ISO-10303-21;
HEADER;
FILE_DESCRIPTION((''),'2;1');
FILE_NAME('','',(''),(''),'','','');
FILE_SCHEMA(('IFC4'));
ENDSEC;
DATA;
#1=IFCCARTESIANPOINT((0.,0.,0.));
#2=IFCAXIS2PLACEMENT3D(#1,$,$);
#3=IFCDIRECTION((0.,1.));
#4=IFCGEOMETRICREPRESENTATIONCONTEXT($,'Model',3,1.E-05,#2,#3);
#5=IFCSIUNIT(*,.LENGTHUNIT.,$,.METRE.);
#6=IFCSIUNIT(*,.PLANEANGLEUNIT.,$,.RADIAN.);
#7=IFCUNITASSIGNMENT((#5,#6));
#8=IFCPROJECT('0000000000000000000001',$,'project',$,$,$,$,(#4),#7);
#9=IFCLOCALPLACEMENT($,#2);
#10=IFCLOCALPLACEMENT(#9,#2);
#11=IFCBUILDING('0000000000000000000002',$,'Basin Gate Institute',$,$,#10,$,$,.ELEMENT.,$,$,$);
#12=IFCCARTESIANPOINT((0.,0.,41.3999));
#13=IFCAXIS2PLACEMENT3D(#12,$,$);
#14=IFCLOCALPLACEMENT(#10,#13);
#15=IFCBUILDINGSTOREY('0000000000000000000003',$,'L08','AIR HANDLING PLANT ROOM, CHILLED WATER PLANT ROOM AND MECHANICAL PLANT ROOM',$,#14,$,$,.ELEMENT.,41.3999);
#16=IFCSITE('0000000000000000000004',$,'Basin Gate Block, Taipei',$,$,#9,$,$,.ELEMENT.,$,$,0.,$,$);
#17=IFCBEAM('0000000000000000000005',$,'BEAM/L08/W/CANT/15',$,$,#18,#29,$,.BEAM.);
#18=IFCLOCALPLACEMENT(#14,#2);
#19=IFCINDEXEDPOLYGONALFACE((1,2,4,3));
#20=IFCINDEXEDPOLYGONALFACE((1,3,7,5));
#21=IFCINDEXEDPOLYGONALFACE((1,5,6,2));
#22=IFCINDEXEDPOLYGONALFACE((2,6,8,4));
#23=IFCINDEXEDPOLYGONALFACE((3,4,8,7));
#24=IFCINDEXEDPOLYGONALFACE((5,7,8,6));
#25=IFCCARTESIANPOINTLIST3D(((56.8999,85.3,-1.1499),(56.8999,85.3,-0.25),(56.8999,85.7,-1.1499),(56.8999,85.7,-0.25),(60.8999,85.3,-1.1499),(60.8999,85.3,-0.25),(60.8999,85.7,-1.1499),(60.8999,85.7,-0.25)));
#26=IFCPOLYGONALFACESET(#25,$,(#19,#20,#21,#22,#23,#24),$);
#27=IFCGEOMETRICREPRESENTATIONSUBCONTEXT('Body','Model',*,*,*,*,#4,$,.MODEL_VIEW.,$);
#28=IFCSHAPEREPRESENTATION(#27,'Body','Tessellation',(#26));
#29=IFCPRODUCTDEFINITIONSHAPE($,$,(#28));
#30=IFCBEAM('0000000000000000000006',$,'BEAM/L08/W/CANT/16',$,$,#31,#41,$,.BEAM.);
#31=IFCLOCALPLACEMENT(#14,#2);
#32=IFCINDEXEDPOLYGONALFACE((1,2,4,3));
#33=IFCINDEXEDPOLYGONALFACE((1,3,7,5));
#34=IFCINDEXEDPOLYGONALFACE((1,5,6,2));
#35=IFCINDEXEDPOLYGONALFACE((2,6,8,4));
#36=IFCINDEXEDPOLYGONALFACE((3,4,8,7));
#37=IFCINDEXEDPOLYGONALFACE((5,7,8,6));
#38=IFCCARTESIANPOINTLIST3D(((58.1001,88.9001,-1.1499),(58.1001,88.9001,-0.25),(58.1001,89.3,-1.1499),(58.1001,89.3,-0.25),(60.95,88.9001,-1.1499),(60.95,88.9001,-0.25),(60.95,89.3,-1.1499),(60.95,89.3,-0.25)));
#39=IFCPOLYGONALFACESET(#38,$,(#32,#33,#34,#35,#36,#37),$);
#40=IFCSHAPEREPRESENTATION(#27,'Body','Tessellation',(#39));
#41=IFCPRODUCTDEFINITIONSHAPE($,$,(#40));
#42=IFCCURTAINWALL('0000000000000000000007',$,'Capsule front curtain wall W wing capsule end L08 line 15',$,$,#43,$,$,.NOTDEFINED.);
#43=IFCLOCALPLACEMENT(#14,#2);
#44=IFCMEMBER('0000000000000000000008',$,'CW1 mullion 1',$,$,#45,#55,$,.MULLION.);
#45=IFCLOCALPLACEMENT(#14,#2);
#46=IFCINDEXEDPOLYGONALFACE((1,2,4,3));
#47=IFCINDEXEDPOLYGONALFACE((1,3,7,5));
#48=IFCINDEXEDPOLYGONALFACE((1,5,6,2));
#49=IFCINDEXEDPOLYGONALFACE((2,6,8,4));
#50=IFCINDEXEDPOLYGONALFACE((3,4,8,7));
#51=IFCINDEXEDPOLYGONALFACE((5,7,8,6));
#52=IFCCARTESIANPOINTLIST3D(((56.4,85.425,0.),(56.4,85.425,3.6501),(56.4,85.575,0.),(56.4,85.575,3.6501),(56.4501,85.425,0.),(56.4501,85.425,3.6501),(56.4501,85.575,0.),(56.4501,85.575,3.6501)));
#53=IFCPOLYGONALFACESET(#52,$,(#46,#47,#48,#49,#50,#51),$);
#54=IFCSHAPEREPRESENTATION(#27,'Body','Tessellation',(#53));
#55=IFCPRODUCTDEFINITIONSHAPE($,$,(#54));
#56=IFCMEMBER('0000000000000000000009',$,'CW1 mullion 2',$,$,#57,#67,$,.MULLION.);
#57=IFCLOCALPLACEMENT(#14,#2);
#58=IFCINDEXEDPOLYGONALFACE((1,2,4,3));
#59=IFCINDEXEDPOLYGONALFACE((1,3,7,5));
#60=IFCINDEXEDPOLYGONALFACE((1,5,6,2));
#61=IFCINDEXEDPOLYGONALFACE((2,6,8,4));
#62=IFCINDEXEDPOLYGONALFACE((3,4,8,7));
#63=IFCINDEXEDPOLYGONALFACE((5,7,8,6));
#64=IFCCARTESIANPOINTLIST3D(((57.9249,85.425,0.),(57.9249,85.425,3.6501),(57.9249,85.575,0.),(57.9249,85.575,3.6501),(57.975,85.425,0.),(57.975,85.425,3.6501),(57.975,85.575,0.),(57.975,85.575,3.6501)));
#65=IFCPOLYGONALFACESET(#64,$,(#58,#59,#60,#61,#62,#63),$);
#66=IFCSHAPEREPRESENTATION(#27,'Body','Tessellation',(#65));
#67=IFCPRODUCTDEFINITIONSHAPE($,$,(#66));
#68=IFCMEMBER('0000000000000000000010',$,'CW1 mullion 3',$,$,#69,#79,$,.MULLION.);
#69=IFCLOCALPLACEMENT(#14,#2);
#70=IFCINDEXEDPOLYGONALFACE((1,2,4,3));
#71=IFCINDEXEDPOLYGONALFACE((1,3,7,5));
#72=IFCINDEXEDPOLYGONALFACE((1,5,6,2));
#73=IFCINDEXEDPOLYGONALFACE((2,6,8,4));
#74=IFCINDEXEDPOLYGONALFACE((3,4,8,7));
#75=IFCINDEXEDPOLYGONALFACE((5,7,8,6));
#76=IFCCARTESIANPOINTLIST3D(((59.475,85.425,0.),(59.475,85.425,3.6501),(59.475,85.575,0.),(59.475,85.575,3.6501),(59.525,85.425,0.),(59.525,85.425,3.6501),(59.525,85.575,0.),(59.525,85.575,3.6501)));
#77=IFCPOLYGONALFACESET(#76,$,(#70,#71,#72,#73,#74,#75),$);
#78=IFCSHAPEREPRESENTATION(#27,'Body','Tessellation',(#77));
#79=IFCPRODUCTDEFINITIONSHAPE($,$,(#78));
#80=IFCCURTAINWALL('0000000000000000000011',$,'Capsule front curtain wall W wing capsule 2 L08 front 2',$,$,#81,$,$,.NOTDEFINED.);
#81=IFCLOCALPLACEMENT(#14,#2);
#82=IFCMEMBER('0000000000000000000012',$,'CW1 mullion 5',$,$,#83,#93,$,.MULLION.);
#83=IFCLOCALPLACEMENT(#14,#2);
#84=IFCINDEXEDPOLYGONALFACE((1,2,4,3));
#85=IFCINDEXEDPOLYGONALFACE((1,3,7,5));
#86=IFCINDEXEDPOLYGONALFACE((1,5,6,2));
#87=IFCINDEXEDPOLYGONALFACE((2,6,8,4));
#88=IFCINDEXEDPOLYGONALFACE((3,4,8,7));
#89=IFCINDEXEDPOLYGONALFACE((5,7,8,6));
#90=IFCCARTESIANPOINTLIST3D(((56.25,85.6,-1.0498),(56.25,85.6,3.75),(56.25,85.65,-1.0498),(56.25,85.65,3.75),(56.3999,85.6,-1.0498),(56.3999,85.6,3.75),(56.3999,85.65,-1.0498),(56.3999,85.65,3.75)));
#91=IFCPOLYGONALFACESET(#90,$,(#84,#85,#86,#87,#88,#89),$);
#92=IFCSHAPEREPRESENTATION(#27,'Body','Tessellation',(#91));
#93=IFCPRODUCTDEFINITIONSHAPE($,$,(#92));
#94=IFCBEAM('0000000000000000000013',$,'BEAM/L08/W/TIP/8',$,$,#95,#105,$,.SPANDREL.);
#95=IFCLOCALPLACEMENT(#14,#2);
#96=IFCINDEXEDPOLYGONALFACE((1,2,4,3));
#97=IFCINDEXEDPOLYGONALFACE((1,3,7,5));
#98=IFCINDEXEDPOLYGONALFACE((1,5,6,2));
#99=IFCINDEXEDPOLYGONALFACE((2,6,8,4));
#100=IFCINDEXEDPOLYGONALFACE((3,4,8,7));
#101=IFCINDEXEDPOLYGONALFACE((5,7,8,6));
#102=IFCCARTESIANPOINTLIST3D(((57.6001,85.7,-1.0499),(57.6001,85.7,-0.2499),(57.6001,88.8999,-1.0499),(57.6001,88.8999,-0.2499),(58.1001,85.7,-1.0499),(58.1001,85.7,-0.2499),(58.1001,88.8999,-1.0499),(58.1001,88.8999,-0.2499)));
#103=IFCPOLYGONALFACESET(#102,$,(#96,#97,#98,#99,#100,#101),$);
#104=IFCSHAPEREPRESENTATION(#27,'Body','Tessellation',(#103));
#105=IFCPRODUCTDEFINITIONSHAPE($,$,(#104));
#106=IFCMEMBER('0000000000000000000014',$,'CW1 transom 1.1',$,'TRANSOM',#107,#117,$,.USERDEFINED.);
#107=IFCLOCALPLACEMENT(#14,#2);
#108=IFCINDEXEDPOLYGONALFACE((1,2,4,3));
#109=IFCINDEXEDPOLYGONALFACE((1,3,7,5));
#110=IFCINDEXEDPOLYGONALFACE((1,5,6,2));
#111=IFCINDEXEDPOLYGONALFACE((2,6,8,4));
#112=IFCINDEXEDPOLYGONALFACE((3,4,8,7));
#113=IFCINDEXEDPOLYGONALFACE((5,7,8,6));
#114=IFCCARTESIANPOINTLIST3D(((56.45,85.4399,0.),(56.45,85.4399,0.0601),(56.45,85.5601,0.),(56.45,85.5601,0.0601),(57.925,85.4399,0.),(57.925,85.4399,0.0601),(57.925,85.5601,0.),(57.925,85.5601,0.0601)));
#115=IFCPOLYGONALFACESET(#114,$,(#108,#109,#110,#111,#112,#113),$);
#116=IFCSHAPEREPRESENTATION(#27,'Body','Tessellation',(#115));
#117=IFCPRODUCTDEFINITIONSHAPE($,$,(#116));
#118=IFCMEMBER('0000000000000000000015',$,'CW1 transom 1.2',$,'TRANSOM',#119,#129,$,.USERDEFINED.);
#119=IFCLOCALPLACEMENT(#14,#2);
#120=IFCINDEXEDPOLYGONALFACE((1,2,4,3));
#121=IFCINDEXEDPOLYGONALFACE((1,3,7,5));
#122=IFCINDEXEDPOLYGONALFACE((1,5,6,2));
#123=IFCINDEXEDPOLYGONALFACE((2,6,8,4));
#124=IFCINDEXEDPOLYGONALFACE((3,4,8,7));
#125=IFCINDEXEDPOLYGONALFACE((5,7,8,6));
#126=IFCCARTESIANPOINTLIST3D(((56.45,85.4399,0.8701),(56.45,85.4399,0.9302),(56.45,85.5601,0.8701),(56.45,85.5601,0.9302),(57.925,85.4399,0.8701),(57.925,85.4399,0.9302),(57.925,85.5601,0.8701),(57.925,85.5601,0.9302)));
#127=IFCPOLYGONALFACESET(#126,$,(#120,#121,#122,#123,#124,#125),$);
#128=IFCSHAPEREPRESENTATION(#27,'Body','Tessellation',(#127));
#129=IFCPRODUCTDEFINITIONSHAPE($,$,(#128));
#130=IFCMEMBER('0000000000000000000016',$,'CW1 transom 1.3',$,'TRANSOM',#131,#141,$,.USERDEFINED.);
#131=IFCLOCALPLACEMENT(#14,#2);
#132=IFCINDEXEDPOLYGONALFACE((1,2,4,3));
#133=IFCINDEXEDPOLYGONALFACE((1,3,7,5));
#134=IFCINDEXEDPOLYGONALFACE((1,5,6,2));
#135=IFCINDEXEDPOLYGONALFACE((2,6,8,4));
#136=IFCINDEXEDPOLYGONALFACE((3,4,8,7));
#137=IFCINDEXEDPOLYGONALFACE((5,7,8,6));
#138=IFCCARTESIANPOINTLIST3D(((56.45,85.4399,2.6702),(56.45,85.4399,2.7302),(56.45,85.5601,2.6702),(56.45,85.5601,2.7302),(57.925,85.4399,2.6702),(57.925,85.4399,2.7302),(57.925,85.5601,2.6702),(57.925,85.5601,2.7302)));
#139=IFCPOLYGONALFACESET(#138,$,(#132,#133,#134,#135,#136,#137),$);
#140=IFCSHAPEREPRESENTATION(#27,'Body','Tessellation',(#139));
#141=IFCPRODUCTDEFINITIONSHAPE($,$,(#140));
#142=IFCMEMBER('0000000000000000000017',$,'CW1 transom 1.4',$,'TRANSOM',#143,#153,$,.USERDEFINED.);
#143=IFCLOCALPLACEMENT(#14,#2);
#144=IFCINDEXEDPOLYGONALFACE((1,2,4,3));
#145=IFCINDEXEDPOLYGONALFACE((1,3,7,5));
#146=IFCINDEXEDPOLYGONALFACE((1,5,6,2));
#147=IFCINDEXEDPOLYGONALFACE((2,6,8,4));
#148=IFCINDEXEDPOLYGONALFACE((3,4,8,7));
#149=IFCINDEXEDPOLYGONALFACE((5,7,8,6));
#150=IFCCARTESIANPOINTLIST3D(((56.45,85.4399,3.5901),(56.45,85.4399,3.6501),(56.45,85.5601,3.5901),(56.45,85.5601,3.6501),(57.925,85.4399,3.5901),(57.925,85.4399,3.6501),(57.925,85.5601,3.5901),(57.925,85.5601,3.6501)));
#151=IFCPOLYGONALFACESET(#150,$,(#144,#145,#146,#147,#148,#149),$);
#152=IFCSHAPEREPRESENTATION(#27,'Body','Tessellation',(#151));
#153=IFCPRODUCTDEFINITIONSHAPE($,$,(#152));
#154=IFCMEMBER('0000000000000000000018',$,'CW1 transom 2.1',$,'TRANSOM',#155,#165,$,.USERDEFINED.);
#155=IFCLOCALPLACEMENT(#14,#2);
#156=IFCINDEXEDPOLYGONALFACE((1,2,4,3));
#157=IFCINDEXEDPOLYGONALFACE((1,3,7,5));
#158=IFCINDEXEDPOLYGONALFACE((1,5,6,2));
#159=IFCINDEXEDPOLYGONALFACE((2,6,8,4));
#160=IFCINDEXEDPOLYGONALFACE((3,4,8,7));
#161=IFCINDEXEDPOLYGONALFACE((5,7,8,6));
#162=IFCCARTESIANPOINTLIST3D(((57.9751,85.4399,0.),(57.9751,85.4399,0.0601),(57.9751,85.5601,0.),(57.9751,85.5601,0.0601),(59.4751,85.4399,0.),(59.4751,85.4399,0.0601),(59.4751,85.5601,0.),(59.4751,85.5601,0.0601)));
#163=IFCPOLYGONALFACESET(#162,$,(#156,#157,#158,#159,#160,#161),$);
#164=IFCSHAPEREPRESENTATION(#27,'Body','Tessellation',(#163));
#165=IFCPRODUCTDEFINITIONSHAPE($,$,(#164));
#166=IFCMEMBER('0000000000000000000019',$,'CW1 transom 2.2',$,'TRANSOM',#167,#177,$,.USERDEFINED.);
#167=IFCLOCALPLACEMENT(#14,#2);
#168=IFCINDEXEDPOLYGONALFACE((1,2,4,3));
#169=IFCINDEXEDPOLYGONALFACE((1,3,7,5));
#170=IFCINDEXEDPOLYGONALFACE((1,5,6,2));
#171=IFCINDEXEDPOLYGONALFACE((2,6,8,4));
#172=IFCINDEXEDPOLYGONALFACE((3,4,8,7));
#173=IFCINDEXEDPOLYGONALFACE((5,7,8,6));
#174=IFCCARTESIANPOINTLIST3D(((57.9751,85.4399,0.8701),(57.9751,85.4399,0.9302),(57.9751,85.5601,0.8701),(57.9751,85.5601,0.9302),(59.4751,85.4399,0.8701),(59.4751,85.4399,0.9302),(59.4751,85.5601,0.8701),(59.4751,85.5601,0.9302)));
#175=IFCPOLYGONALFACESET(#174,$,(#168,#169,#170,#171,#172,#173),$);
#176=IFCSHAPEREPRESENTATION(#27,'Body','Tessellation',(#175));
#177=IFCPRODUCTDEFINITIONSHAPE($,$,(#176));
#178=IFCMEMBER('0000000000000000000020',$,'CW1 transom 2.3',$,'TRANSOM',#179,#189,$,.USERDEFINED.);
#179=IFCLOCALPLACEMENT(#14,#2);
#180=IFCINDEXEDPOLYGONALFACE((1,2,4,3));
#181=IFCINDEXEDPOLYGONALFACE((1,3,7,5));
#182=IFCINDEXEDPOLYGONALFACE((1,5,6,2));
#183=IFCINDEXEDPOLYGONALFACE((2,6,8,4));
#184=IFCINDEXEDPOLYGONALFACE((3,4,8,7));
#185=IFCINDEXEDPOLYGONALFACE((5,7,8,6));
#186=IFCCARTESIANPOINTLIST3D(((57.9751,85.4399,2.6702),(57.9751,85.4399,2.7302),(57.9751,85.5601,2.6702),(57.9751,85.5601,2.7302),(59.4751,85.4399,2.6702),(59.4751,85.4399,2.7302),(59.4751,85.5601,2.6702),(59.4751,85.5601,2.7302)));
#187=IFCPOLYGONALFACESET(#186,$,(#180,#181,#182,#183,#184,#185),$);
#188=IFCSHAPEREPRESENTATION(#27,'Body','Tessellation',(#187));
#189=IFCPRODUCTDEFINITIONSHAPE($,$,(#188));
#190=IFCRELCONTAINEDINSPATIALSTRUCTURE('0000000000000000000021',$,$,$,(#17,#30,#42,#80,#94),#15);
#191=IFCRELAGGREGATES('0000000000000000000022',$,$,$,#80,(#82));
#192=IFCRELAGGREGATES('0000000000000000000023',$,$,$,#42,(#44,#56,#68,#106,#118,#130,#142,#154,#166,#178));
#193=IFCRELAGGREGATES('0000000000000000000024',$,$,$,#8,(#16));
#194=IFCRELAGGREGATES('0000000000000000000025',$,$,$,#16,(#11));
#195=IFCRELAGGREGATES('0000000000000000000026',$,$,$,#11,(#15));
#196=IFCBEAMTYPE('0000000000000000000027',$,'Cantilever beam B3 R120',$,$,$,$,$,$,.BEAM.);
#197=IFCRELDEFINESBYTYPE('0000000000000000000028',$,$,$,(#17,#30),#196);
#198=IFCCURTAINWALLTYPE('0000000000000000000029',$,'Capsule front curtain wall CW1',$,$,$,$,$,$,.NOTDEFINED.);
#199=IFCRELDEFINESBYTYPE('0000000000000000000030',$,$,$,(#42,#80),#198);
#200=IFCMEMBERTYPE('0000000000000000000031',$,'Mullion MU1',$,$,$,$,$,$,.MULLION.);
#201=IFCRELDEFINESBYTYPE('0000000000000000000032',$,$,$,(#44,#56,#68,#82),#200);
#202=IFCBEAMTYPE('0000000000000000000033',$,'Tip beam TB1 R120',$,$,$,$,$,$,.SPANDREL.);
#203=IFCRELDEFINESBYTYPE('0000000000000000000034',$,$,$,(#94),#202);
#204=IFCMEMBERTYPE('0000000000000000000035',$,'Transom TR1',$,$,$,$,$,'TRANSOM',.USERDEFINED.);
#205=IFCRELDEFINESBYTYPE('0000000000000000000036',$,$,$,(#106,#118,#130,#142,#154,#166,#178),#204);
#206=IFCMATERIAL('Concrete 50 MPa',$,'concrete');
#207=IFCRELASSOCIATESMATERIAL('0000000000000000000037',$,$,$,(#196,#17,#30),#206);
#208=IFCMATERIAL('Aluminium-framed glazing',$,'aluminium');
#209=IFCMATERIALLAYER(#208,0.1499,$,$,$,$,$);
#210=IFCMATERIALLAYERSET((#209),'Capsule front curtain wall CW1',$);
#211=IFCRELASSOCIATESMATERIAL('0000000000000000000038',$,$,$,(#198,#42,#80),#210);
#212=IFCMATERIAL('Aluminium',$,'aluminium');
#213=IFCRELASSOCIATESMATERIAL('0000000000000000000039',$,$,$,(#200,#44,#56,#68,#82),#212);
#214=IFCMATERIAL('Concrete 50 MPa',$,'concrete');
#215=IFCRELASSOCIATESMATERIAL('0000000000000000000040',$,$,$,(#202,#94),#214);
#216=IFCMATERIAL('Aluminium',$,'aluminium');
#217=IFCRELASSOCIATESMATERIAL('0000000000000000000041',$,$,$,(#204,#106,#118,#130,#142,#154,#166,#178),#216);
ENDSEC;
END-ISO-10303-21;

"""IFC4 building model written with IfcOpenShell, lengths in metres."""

from ifc_helpers import new_model, si_unit, direction, frame, origin, origin_2d, place, context, subcontext, project, spatial, rectangle, extrude, material, layer, layer_set, material_profile, profile_set, type_object, element, aggregate, save


model = new_model("IFC4")

# Units and contexts
model_context = context("Model", 3, precision=1e-05, world=origin(), true_north=direction((0.0, 1.0)))
body_context = subcontext(model_context, "Body", "Model", "MODEL_VIEW")
ifc_project = project(units=[si_unit("LENGTHUNIT", "METRE"), si_unit("PLANEANGLEUNIT", "RADIAN")], contexts=[model_context])

# Site, building, storey
site_placement = place(None, origin())
site = spatial("IfcSite", under=ifc_project, at=site_placement, Name="Basin Gate Block, Taipei", CompositionType="ELEMENT", RefElevation=0.0)
building_placement = place(site_placement, origin())
building = spatial("IfcBuilding", under=site, at=building_placement, Name="Basin Gate Institute", CompositionType="ELEMENT")
storey_placement = place(building_placement, frame((0.0, 0.0, 41.3999)))
storey = spatial("IfcBuildingStorey", under=building, at=storey_placement, Name="L08", Description="AIR HANDLING PLANT ROOM, CHILLED WATER PLANT ROOM AND MECHANICAL PLANT ROOM", CompositionType="ELEMENT", Elevation=41.3999)

# Beams
ifc_material_1 = material(Name="Concrete 50 MPa", Category="concrete")
ifc_material_profile_1 = material_profile(ifc_material_1, rectangle(XDim=0.3999, YDim=0.8999, at=origin_2d()), Name="Cantilever beam B3 400 x 900")
ifc_profile_set_1 = profile_set([ifc_material_profile_1], Name="Concrete 50 MPa")
beam_type_1 = type_object("IfcBeamType", Name="Cantilever beam B3 R120", PredefinedType="BEAM", material=ifc_profile_set_1)
beam_1_placement = place(storey_placement, frame((56.8999, 85.5, -0.7), z_axis=(1.0, 0.0, 0.0), x_axis=(0.0, 1.0, 0.0)))
element("IfcBeam", 1, at=beam_1_placement, inside=storey, type_object=beam_type_1, material=ifc_profile_set_1, Name="BEAM/L08/W/CANT/15", PredefinedType="BEAM", context=body_context, shape_type="SweptSolid", body=[
    extrude(rectangle(XDim=0.3999, YDim=0.8999, at=origin_2d()), origin(), (0.0, 0.0, 1.0), 4.0),
])
beam_2_placement = place(storey_placement, frame((58.1001, 89.1001, -0.7), z_axis=(1.0, 0.0, 0.0), x_axis=(0.0, 1.0, 0.0)))
element("IfcBeam", 2, at=beam_2_placement, inside=storey, type_object=beam_type_1, material=ifc_profile_set_1, Name="BEAM/L08/W/CANT/16", PredefinedType="BEAM", context=body_context, shape_type="SweptSolid", body=[
    extrude(rectangle(XDim=0.3999, YDim=0.8999, at=origin_2d()), origin(), (0.0, 0.0, 1.0), 2.8499),
])

# Curtain wall, members
ifc_material_2 = material(Name="Aluminium-framed glazing", Category="aluminium")
ifc_layer_1 = layer(ifc_material_2, 0.1499)
ifc_layer_set_1 = layer_set([ifc_layer_1], Name="Capsule front curtain wall CW1")
curtain_wall_type = type_object("IfcCurtainWallType", Name="Capsule front curtain wall CW1", PredefinedType="NOTDEFINED", material=ifc_layer_set_1)
curtain_wall_1_placement = place(storey_placement, origin())
curtain_wall_1 = element("IfcCurtainWall", 3, at=curtain_wall_1_placement, inside=storey, type_object=curtain_wall_type, material=ifc_layer_set_1, Name="Capsule front curtain wall W wing capsule end L08 line 15", PredefinedType="NOTDEFINED")
ifc_material_3 = material(Name="Aluminium", Category="aluminium")
ifc_material_profile_2 = material_profile(ifc_material_3, rectangle(XDim=0.1499, YDim=0.05, at=origin_2d()), Name="Mullion MU1 150 x 50")
ifc_profile_set_2 = profile_set([ifc_material_profile_2], Name="Aluminium")
member_type_1 = type_object("IfcMemberType", Name="Mullion MU1", PredefinedType="MULLION", material=ifc_profile_set_2)
member_1_placement = place(storey_placement, frame((56.425, 85.5, 0.0), z_axis=(0.0, 0.0, 1.0), x_axis=(0.0, 1.0, 0.0)))
member_1 = element("IfcMember", 4, at=member_1_placement, type_object=member_type_1, material=ifc_profile_set_2, Name="CW1 mullion 1", PredefinedType="MULLION", context=body_context, shape_type="SweptSolid", body=[
    extrude(rectangle(XDim=0.1499, YDim=0.05, at=origin_2d()), origin(), (0.0, 0.0, 1.0), 3.6501),
])
member_2_placement = place(storey_placement, frame((57.95, 85.5, 0.0), z_axis=(0.0, 0.0, 1.0), x_axis=(0.0, 1.0, 0.0)))
member_2 = element("IfcMember", 5, at=member_2_placement, type_object=member_type_1, material=ifc_profile_set_2, Name="CW1 mullion 2", PredefinedType="MULLION", context=body_context, shape_type="SweptSolid", body=[
    extrude(rectangle(XDim=0.1499, YDim=0.05, at=origin_2d()), origin(), (0.0, 0.0, 1.0), 3.6501),
])
member_3_placement = place(storey_placement, frame((59.5, 85.5, 0.0), z_axis=(0.0, 0.0, 1.0), x_axis=(0.0, 1.0, 0.0)))
member_3 = element("IfcMember", 6, at=member_3_placement, type_object=member_type_1, material=ifc_profile_set_2, Name="CW1 mullion 3", PredefinedType="MULLION", context=body_context, shape_type="SweptSolid", body=[
    extrude(rectangle(XDim=0.1499, YDim=0.05, at=origin_2d()), origin(), (0.0, 0.0, 1.0), 3.6501),
])

# Curtain wall, member
curtain_wall_2_placement = place(storey_placement, origin())
curtain_wall_2 = element("IfcCurtainWall", 7, at=curtain_wall_2_placement, inside=storey, type_object=curtain_wall_type, material=ifc_layer_set_1, Name="Capsule front curtain wall W wing capsule 2 L08 front 2", PredefinedType="NOTDEFINED")
member_4_placement = place(storey_placement, frame((56.325, 85.625, -1.0498), z_axis=(0.0, 0.0, 1.0), x_axis=(-1.0, 0.0, 0.0)))
member_4 = element("IfcMember", 8, at=member_4_placement, type_object=member_type_1, material=ifc_profile_set_2, Name="CW1 mullion 5", PredefinedType="MULLION", context=body_context, shape_type="SweptSolid", body=[
    extrude(rectangle(XDim=0.1499, YDim=0.05, at=origin_2d()), origin(), (0.0, 0.0, 1.0), 4.7998),
])
aggregate(curtain_wall_2, [member_4])

# Beam
ifc_material_4 = material(Name="Concrete 50 MPa", Category="concrete")
ifc_material_profile_3 = material_profile(ifc_material_4, rectangle(XDim=0.5, YDim=0.8, at=origin_2d()), Name="Tip beam TB1 500 x 800")
ifc_profile_set_3 = profile_set([ifc_material_profile_3], Name="Concrete 50 MPa")
beam_type_2 = type_object("IfcBeamType", Name="Tip beam TB1 R120", PredefinedType="SPANDREL", material=ifc_profile_set_3)
beam_3_placement = place(storey_placement, frame((57.8501, 85.7, -0.6499), z_axis=(0.0, 1.0, 0.0), x_axis=(-1.0, 0.0, 0.0)))
element("IfcBeam", 9, at=beam_3_placement, inside=storey, type_object=beam_type_2, material=ifc_profile_set_3, Name="BEAM/L08/W/TIP/8", PredefinedType="SPANDREL", context=body_context, shape_type="SweptSolid", body=[
    extrude(rectangle(XDim=0.5, YDim=0.8, at=origin_2d()), origin(), (0.0, 0.0, 1.0), 3.2),
])

# Members
ifc_material_5 = material(Name="Aluminium", Category="aluminium")
ifc_material_profile_4 = material_profile(ifc_material_5, rectangle(XDim=0.1201, YDim=0.0601, at=origin_2d()), Name="Transom TR1 120 x 60")
ifc_profile_set_4 = profile_set([ifc_material_profile_4], Name="Aluminium")
member_type_2 = type_object("IfcMemberType", Name="Transom TR1", ElementType="TRANSOM", PredefinedType="USERDEFINED", material=ifc_profile_set_4)
member_5_placement = place(storey_placement, frame((56.45, 85.5, 0.03), z_axis=(1.0, 0.0, 0.0), x_axis=(0.0, 1.0, 0.0)))
member_5 = element("IfcMember", 10, at=member_5_placement, type_object=member_type_2, material=ifc_profile_set_4, Name="CW1 transom 1.1", ObjectType="TRANSOM", PredefinedType="USERDEFINED", context=body_context, shape_type="SweptSolid", body=[
    extrude(rectangle(XDim=0.1201, YDim=0.0601, at=origin_2d()), origin(), (0.0, 0.0, 1.0), 1.4751),
])
member_6_placement = place(storey_placement, frame((56.45, 85.5, 0.9001), z_axis=(1.0, 0.0, 0.0), x_axis=(0.0, 1.0, 0.0)))
member_6 = element("IfcMember", 11, at=member_6_placement, type_object=member_type_2, material=ifc_profile_set_4, Name="CW1 transom 1.2", ObjectType="TRANSOM", PredefinedType="USERDEFINED", context=body_context, shape_type="SweptSolid", body=[
    extrude(rectangle(XDim=0.1201, YDim=0.0601, at=origin_2d()), origin(), (0.0, 0.0, 1.0), 1.4751),
])
member_7_placement = place(storey_placement, frame((56.45, 85.5, 2.7002), z_axis=(1.0, 0.0, 0.0), x_axis=(0.0, 1.0, 0.0)))
member_7 = element("IfcMember", 12, at=member_7_placement, type_object=member_type_2, material=ifc_profile_set_4, Name="CW1 transom 1.3", ObjectType="TRANSOM", PredefinedType="USERDEFINED", context=body_context, shape_type="SweptSolid", body=[
    extrude(rectangle(XDim=0.1201, YDim=0.0601, at=origin_2d()), origin(), (0.0, 0.0, 1.0), 1.4751),
])
member_8_placement = place(storey_placement, frame((56.45, 85.5, 3.6201), z_axis=(1.0, 0.0, 0.0), x_axis=(0.0, 1.0, 0.0)))
member_8 = element("IfcMember", 13, at=member_8_placement, type_object=member_type_2, material=ifc_profile_set_4, Name="CW1 transom 1.4", ObjectType="TRANSOM", PredefinedType="USERDEFINED", context=body_context, shape_type="SweptSolid", body=[
    extrude(rectangle(XDim=0.1201, YDim=0.0601, at=origin_2d()), origin(), (0.0, 0.0, 1.0), 1.4751),
])
member_9_placement = place(storey_placement, frame((57.9751, 85.5, 0.03), z_axis=(1.0, 0.0, 0.0), x_axis=(0.0, 1.0, 0.0)))
member_9 = element("IfcMember", 14, at=member_9_placement, type_object=member_type_2, material=ifc_profile_set_4, Name="CW1 transom 2.1", ObjectType="TRANSOM", PredefinedType="USERDEFINED", context=body_context, shape_type="SweptSolid", body=[
    extrude(rectangle(XDim=0.1201, YDim=0.0601, at=origin_2d()), origin(), (0.0, 0.0, 1.0), 1.5),
])
member_10_placement = place(storey_placement, frame((57.9751, 85.5, 0.9001), z_axis=(1.0, 0.0, 0.0), x_axis=(0.0, 1.0, 0.0)))
member_10 = element("IfcMember", 15, at=member_10_placement, type_object=member_type_2, material=ifc_profile_set_4, Name="CW1 transom 2.2", ObjectType="TRANSOM", PredefinedType="USERDEFINED", context=body_context, shape_type="SweptSolid", body=[
    extrude(rectangle(XDim=0.1201, YDim=0.0601, at=origin_2d()), origin(), (0.0, 0.0, 1.0), 1.5),
])
member_11_placement = place(storey_placement, frame((57.9751, 85.5, 2.7002), z_axis=(1.0, 0.0, 0.0), x_axis=(0.0, 1.0, 0.0)))
member_11 = element("IfcMember", 16, at=member_11_placement, type_object=member_type_2, material=ifc_profile_set_4, Name="CW1 transom 2.3", ObjectType="TRANSOM", PredefinedType="USERDEFINED", context=body_context, shape_type="SweptSolid", body=[
    extrude(rectangle(XDim=0.1201, YDim=0.0601, at=origin_2d()), origin(), (0.0, 0.0, 1.0), 1.5),
])

aggregate(curtain_wall_1, [member_1, member_2, member_3, member_5, member_6, member_7, member_8, member_9, member_10, member_11])

save(model, "model.ifc")
